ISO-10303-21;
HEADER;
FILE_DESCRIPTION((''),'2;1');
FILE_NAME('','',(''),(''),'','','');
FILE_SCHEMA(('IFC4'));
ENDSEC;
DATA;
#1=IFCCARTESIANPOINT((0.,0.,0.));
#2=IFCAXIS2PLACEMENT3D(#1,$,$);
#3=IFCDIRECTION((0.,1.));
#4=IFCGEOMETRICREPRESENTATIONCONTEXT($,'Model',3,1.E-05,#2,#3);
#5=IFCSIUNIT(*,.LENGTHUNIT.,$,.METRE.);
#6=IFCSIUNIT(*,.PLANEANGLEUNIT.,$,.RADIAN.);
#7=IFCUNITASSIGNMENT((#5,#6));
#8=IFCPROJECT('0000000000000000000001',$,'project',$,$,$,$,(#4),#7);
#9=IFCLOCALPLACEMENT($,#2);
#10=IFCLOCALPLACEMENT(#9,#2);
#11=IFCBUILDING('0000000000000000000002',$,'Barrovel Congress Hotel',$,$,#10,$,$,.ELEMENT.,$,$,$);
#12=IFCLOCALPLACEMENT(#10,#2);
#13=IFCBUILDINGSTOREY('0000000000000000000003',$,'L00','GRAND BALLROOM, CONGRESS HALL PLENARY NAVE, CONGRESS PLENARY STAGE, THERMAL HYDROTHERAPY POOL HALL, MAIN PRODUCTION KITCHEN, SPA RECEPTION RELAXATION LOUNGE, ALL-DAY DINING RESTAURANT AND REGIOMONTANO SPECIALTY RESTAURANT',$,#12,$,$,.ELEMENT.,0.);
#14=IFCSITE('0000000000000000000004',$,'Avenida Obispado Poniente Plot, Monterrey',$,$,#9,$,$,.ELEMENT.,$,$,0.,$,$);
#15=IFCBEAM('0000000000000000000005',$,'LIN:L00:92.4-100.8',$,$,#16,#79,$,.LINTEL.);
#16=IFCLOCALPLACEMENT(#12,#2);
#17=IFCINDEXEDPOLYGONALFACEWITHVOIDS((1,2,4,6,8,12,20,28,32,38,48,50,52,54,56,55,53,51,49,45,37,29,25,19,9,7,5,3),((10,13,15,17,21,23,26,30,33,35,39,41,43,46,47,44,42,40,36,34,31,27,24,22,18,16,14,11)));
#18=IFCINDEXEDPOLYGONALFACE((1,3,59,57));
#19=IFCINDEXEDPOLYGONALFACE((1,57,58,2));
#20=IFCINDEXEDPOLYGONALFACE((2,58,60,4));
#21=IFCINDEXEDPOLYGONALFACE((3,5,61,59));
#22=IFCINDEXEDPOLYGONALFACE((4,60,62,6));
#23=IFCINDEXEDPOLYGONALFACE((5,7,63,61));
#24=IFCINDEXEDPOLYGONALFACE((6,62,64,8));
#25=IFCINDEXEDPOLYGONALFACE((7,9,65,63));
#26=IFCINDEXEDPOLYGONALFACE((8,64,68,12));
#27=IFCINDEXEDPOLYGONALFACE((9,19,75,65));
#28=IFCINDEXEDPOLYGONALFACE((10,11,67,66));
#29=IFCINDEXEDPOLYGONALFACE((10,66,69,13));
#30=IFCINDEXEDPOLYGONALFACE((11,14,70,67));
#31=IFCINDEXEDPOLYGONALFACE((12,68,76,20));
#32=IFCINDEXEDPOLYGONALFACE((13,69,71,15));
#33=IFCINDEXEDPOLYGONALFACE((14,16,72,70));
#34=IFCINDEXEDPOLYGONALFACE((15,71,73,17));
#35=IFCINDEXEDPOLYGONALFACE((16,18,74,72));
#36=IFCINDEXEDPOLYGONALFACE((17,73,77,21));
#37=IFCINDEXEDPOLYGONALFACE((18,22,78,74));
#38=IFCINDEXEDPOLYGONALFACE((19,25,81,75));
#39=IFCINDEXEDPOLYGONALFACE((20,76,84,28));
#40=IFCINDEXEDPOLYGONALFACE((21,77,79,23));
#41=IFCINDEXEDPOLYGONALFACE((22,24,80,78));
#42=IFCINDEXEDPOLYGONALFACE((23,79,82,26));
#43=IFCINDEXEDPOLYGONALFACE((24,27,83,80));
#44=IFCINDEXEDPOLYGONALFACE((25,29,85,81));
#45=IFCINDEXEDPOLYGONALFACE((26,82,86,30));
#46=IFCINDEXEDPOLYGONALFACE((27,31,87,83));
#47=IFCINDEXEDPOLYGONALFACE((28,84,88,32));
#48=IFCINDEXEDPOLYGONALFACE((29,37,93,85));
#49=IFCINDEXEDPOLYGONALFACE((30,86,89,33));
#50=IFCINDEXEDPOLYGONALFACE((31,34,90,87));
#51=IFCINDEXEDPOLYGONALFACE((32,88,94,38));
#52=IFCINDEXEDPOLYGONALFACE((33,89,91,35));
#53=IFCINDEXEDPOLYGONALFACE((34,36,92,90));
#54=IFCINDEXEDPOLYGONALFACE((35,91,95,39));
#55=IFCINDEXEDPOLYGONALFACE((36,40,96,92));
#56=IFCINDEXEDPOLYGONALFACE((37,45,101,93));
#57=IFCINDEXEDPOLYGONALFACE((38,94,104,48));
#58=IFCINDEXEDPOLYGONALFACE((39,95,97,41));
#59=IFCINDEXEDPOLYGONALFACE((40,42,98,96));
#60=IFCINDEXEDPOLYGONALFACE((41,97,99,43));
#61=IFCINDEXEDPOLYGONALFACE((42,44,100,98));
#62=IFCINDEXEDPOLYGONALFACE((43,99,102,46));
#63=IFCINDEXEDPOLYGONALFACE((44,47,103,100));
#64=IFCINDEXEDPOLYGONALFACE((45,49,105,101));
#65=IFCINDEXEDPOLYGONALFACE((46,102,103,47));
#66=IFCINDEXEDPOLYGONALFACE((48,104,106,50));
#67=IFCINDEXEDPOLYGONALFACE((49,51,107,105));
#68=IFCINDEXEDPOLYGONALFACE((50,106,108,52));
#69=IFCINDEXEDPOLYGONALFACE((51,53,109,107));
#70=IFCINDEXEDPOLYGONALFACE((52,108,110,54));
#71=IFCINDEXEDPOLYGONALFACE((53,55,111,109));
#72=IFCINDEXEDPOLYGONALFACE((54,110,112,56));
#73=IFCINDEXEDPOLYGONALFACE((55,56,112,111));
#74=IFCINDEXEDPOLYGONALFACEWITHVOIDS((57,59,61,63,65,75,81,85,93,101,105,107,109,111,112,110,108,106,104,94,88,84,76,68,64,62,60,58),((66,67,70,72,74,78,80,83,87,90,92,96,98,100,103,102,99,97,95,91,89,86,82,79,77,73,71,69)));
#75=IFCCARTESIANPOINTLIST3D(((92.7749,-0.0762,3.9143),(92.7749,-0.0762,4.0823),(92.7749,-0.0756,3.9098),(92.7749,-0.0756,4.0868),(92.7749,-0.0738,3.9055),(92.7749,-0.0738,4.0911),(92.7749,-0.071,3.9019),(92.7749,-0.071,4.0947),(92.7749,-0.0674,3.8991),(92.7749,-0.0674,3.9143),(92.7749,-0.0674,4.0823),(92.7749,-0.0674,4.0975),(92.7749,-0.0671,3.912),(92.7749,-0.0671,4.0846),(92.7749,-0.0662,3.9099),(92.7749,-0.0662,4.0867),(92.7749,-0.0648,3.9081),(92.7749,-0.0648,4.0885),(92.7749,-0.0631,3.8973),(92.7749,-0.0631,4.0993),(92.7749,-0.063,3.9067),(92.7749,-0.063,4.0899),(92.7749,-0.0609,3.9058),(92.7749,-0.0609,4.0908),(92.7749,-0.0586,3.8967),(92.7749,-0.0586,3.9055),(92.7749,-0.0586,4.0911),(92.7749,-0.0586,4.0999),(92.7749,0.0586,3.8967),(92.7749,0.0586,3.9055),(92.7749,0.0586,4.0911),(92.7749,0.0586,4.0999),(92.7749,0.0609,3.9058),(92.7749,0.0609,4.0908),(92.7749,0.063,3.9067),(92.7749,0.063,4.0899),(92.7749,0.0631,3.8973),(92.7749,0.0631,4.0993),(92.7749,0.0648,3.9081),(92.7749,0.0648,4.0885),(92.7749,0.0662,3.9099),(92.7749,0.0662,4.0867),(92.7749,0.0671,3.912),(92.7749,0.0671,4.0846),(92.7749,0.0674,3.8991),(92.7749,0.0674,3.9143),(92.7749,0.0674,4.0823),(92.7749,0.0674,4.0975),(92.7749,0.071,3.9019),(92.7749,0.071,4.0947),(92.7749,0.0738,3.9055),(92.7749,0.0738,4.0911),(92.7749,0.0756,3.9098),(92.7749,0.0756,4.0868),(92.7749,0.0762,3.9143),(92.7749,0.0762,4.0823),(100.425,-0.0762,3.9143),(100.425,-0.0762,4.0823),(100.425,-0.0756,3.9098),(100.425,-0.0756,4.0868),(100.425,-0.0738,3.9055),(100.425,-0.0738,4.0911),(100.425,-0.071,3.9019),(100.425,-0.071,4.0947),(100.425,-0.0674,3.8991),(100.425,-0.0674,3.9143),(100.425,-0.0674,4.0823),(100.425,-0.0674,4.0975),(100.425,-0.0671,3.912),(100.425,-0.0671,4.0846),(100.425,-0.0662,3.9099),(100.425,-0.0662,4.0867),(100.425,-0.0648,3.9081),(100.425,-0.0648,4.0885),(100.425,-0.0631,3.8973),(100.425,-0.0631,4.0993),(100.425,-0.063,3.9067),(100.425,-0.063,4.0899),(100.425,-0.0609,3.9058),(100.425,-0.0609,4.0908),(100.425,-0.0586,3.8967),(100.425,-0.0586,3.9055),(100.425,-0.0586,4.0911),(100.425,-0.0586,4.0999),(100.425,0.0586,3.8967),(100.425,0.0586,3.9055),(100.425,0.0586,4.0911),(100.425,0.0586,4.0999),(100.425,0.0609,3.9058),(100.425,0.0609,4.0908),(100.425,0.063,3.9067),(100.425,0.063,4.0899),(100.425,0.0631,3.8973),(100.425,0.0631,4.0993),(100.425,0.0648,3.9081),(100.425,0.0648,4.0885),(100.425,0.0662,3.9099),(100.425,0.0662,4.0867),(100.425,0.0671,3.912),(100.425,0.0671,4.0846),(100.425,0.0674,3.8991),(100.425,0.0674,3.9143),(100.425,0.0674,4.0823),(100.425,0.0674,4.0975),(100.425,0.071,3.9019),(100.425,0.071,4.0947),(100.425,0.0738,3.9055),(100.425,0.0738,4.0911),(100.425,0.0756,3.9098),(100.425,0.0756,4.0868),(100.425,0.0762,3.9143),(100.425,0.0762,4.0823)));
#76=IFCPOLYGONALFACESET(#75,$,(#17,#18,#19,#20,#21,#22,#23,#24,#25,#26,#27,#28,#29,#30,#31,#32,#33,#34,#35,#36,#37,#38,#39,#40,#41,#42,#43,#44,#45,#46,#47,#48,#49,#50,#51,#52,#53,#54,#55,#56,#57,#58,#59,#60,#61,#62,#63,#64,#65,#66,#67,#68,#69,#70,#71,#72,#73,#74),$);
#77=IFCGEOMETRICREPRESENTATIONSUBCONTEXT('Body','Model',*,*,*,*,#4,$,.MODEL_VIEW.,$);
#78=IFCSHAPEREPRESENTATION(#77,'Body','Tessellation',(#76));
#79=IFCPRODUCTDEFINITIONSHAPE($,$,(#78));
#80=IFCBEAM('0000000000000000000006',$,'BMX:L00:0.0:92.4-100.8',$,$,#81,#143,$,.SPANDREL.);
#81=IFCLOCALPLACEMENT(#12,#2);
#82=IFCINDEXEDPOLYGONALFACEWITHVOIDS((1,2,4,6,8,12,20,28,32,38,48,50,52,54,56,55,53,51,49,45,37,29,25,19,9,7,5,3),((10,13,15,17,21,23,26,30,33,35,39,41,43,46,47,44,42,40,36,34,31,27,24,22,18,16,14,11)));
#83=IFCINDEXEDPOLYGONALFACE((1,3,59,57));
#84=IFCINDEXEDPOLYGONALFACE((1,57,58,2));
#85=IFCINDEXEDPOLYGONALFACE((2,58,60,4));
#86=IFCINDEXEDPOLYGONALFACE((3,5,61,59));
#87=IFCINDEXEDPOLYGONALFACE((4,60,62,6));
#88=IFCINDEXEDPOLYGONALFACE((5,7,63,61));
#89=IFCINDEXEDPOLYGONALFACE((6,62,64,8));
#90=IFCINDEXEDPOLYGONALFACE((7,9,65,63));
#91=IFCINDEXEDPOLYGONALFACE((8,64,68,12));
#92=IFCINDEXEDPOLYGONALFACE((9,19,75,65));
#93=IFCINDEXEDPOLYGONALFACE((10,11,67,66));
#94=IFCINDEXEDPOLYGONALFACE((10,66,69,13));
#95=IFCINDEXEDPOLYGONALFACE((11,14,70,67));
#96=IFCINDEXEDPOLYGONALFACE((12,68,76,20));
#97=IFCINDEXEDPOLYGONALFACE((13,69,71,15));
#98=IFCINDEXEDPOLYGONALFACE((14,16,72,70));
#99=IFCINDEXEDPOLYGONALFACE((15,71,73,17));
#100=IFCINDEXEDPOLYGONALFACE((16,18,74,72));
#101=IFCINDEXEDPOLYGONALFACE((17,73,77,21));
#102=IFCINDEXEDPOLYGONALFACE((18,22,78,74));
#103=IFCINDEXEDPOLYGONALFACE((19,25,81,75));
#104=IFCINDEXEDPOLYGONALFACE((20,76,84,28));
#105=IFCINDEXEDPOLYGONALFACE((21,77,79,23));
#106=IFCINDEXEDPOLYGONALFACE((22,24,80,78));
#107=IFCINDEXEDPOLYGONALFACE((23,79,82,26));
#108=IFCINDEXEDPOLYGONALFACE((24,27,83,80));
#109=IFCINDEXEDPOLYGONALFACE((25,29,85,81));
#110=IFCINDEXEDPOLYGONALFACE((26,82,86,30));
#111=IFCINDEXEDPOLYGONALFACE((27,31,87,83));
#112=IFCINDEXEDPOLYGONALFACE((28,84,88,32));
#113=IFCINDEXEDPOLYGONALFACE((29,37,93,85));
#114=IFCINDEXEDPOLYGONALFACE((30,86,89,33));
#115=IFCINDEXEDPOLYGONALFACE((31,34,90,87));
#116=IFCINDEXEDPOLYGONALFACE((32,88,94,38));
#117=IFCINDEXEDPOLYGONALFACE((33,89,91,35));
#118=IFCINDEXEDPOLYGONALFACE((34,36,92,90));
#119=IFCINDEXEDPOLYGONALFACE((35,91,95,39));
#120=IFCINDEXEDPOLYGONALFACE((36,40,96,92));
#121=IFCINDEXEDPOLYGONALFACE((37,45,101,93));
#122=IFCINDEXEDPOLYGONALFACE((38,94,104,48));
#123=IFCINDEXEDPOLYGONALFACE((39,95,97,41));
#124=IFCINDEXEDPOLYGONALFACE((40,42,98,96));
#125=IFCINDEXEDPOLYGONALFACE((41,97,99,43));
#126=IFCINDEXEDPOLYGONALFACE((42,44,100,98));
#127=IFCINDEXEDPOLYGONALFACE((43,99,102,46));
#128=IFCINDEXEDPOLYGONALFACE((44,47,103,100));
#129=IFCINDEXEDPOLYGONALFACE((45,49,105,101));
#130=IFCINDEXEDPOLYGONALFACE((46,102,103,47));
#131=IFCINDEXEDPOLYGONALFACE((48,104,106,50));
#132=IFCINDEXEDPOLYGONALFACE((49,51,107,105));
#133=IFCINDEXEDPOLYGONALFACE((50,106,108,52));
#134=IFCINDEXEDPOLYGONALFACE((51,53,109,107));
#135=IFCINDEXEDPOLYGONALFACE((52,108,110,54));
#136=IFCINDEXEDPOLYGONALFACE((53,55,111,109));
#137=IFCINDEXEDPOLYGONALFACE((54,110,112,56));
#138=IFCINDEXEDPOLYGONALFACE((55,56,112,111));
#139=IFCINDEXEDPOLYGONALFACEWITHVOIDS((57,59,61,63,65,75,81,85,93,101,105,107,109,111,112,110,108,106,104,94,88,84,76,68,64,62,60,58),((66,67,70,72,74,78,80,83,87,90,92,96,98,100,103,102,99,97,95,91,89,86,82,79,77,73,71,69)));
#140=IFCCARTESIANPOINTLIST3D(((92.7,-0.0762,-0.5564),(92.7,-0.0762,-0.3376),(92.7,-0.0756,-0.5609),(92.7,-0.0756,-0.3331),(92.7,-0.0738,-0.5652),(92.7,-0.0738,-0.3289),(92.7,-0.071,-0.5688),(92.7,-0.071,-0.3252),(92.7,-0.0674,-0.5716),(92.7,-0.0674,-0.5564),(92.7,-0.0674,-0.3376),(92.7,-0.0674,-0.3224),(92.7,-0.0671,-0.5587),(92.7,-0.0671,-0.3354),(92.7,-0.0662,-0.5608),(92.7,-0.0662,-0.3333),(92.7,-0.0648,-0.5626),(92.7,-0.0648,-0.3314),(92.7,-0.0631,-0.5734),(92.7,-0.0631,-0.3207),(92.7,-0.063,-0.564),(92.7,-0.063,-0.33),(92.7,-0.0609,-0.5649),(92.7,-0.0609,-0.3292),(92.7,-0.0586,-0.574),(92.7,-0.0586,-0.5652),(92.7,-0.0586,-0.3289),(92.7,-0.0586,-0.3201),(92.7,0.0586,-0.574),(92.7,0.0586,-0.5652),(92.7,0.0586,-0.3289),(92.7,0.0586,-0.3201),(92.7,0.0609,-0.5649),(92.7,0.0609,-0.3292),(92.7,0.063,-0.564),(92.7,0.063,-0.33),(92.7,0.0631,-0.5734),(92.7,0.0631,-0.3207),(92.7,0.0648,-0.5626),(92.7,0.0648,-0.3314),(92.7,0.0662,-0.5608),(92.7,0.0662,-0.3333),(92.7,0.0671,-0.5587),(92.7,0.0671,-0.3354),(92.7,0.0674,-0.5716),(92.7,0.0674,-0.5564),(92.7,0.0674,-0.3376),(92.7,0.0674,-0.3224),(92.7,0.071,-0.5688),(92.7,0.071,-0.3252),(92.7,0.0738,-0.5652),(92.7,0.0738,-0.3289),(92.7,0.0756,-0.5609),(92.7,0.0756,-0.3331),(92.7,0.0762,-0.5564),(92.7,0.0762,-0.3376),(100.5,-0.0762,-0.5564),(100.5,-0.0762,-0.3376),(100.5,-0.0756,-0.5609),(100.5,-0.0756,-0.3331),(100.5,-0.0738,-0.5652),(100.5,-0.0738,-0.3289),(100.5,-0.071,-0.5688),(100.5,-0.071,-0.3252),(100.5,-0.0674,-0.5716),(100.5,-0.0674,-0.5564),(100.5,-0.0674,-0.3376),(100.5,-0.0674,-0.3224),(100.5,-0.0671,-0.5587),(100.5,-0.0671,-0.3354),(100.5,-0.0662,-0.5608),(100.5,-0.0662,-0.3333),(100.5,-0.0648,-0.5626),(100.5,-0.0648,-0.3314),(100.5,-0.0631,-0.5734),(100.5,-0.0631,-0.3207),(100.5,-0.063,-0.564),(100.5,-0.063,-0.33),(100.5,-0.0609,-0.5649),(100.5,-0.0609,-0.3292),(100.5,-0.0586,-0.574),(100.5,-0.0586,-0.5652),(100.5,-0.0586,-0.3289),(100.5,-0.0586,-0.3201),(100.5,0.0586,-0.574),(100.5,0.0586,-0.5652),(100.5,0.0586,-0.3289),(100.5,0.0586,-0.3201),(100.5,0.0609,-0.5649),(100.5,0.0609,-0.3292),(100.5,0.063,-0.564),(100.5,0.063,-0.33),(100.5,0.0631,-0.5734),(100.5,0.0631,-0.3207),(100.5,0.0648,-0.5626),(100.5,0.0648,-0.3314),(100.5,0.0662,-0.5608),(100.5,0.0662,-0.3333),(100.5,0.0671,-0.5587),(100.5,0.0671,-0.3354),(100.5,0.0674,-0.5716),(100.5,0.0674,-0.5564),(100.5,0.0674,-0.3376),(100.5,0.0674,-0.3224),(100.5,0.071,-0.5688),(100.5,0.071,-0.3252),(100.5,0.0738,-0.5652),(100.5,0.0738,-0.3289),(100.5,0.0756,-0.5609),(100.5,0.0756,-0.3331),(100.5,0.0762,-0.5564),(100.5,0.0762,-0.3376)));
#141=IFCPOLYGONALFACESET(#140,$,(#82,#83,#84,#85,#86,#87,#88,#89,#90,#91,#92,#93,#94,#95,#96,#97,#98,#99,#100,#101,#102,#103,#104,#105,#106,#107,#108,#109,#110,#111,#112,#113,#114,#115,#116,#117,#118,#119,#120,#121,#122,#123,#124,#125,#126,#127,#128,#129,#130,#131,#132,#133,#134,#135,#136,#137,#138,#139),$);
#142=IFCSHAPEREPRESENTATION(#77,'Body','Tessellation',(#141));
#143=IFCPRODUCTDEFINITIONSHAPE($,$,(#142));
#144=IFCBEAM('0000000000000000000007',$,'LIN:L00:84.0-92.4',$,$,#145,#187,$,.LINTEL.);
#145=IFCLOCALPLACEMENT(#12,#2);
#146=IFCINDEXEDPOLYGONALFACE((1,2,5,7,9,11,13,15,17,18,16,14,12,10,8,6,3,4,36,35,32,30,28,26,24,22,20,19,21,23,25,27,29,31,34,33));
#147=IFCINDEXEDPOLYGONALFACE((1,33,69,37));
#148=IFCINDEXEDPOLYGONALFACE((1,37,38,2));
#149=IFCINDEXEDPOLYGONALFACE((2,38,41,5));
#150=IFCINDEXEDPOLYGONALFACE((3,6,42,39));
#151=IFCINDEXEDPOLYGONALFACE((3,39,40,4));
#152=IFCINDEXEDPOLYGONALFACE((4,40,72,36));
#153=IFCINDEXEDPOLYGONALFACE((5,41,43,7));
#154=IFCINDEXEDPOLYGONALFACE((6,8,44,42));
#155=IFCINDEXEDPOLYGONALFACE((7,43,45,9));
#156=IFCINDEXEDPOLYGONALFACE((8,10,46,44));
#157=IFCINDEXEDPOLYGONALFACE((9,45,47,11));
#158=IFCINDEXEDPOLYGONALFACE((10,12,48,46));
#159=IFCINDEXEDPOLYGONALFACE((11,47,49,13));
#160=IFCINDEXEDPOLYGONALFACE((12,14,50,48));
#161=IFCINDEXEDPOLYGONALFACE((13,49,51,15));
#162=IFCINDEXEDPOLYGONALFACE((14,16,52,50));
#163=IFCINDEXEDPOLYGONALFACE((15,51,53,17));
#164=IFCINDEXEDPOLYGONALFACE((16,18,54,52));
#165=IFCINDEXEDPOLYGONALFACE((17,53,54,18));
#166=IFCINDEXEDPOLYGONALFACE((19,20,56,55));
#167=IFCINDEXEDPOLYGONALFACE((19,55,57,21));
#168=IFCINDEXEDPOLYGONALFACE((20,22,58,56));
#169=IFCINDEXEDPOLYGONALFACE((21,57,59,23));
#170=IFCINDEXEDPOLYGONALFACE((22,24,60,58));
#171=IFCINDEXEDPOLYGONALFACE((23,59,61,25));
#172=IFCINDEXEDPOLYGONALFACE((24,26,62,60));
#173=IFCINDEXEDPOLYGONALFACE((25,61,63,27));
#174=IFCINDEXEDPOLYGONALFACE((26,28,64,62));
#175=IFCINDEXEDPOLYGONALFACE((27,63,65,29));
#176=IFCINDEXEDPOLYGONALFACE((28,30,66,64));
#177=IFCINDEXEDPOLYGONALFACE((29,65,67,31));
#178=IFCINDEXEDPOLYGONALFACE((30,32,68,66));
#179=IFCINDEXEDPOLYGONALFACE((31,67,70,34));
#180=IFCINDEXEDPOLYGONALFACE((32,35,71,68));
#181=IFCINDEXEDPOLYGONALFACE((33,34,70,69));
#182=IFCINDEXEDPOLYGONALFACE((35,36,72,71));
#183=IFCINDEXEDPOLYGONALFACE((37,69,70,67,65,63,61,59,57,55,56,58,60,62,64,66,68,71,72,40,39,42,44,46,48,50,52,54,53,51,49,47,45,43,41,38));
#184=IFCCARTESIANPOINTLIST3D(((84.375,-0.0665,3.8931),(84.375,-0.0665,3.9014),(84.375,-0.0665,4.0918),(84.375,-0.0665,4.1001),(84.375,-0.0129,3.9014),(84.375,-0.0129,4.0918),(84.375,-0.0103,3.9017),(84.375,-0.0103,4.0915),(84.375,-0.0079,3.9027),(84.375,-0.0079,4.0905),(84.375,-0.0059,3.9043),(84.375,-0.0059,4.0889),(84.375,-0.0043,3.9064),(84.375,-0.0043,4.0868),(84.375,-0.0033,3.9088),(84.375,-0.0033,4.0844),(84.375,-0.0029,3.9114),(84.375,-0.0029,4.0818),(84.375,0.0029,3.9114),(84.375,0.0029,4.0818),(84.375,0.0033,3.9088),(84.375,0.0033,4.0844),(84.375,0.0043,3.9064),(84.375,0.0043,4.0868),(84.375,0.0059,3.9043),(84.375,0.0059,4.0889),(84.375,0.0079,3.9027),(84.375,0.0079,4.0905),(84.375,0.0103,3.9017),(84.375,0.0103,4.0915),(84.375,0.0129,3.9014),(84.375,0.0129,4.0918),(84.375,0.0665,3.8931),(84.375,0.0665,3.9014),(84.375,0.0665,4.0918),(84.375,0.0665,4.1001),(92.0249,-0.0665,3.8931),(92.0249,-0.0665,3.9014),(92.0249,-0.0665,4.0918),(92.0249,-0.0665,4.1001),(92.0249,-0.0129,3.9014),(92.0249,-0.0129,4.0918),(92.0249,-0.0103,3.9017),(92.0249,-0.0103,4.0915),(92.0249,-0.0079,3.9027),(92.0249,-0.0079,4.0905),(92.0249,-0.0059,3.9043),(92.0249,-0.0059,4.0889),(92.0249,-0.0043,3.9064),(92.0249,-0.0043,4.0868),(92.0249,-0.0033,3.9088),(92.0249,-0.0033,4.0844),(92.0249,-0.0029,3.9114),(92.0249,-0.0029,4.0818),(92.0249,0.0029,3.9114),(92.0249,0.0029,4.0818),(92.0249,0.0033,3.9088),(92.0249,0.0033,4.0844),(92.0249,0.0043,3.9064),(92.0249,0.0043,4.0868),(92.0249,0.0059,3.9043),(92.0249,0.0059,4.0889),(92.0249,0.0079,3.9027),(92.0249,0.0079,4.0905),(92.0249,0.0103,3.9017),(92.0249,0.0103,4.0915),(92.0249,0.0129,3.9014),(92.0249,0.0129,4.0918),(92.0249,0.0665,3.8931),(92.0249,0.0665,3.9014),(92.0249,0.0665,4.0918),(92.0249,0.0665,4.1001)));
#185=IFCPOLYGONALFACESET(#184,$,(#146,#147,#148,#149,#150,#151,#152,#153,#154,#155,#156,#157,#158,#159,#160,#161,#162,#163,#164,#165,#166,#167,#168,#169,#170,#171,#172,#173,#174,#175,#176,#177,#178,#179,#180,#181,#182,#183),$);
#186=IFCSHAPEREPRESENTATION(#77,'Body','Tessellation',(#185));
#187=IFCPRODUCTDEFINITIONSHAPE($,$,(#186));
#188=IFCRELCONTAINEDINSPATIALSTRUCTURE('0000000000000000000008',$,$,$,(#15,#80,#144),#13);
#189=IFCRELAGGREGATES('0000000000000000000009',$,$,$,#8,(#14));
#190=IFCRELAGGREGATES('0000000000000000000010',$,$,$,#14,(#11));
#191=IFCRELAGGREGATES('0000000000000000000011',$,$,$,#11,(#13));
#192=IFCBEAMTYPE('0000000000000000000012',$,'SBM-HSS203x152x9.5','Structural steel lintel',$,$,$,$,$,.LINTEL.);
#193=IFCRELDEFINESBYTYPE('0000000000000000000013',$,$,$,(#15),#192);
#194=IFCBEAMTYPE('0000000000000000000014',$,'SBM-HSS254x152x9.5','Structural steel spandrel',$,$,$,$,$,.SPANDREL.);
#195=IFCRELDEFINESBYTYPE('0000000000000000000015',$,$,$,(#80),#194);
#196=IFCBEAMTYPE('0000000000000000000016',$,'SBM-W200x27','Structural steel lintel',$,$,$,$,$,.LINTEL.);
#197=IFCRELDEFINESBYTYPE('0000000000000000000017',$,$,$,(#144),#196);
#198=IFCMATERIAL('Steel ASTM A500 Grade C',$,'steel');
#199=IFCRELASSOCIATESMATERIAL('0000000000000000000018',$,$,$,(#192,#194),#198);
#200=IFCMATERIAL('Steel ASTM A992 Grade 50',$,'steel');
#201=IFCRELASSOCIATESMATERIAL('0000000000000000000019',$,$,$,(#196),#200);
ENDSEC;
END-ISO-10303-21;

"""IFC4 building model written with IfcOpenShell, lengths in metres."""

from ifc_helpers import new_model, si_unit, direction, frame, origin, origin_2d, place, context, subcontext, project, spatial, hollow_rectangle, i_section, extrude, material, material_profile, profile_set, type_object, element, save


model = new_model("IFC4")

# Units and contexts
model_context = context("Model", 3, precision=1e-05, world=origin(), true_north=direction((0.0, 1.0)))
body_context = subcontext(model_context, "Body", "Model", "MODEL_VIEW")
ifc_project = project(units=[si_unit("LENGTHUNIT", "METRE"), si_unit("PLANEANGLEUNIT", "RADIAN")], contexts=[model_context])

# Site, building, storey
site_placement = place(None, origin())
site = spatial("IfcSite", under=ifc_project, at=site_placement, Name="Avenida Obispado Poniente Plot, Monterrey", CompositionType="ELEMENT", RefElevation=0.0)
building_placement = place(site_placement, origin())
building = spatial("IfcBuilding", under=site, at=building_placement, Name="Barrovel Congress Hotel", CompositionType="ELEMENT")
storey_placement = place(building_placement, origin())
storey = spatial("IfcBuildingStorey", under=building, at=storey_placement, Name="L00", Description="GRAND BALLROOM, CONGRESS HALL PLENARY NAVE, CONGRESS PLENARY STAGE, THERMAL HYDROTHERAPY POOL HALL, MAIN PRODUCTION KITCHEN, SPA RECEPTION RELAXATION LOUNGE, ALL-DAY DINING RESTAURANT AND REGIOMONTANO SPECIALTY RESTAURANT", CompositionType="ELEMENT", Elevation=0.0)

# Beams
ifc_material_1 = material(Name="Steel ASTM A500 Grade C", Category="steel")
ifc_material_profile_1 = material_profile(ifc_material_1, hollow_rectangle(XDim=0.1523, YDim=0.2031, WallThickness=0.0088, InnerFilletRadius=0.0088, OuterFilletRadius=0.0176, at=origin_2d()), Name="HSS203x152x9.5")
ifc_profile_set_1 = profile_set([ifc_material_profile_1], Name="Steel ASTM A500 Grade C")
beam_type_1 = type_object("IfcBeamType", Name="SBM-HSS203x152x9.5", Description="Structural steel lintel", PredefinedType="LINTEL", material=ifc_profile_set_1)
beam_1_placement = place(storey_placement, frame((92.7749, 0.0, 3.9983), z_axis=(1.0, 0.0, 0.0), x_axis=(0.0, 1.0, 0.0)))
element("IfcBeam", 1, at=beam_1_placement, inside=storey, type_object=beam_type_1, Name="LIN:L00:92.4-100.8", PredefinedType="LINTEL", context=body_context, shape_type="SweptSolid", body=[
    extrude(hollow_rectangle(XDim=0.1523, YDim=0.2031, WallThickness=0.0088, InnerFilletRadius=0.0088, OuterFilletRadius=0.0176, at=origin_2d()), origin(), (0.0, 0.0, 1.0), 7.6501),
])
ifc_material_profile_2 = material_profile(ifc_material_1, hollow_rectangle(XDim=0.1523, YDim=0.2539, WallThickness=0.0088, InnerFilletRadius=0.0088, OuterFilletRadius=0.0176, at=origin_2d()), Name="HSS254x152x9.5")
ifc_profile_set_2 = profile_set([ifc_material_profile_2], Name="Steel ASTM A500 Grade C")
beam_type_2 = type_object("IfcBeamType", Name="SBM-HSS254x152x9.5", Description="Structural steel spandrel", PredefinedType="SPANDREL", material=ifc_profile_set_2)
beam_2_placement = place(storey_placement, frame((92.7, 0.0, -0.447), z_axis=(1.0, 0.0, 0.0), x_axis=(0.0, 1.0, 0.0)))
element("IfcBeam", 2, at=beam_2_placement, inside=storey, type_object=beam_type_2, Name="BMX:L00:0.0:92.4-100.8", PredefinedType="SPANDREL", context=body_context, shape_type="SweptSolid", body=[
    extrude(hollow_rectangle(XDim=0.1523, YDim=0.2539, WallThickness=0.0088, InnerFilletRadius=0.0088, OuterFilletRadius=0.0176, at=origin_2d()), origin(), (0.0, 0.0, 1.0), 7.8),
])
ifc_material_2 = material(Name="Steel ASTM A992 Grade 50", Category="steel")
ifc_material_profile_3 = material_profile(ifc_material_2, i_section(OverallWidth=0.1331, OverallDepth=0.207, WebThickness=0.0059, FlangeThickness=0.0083, FilletRadius=0.01, at=origin_2d()), Name="W200x27")
ifc_profile_set_3 = profile_set([ifc_material_profile_3], Name="Steel ASTM A992 Grade 50")
beam_type_3 = type_object("IfcBeamType", Name="SBM-W200x27", Description="Structural steel lintel", PredefinedType="LINTEL", material=ifc_profile_set_3)
beam_3_placement = place(storey_placement, frame((84.375, 0.0, 3.9966), z_axis=(1.0, 0.0, 0.0), x_axis=(0.0, 1.0, 0.0)))
element("IfcBeam", 3, at=beam_3_placement, inside=storey, type_object=beam_type_3, Name="LIN:L00:84.0-92.4", PredefinedType="LINTEL", context=body_context, shape_type="SweptSolid", body=[
    extrude(i_section(OverallWidth=0.1331, OverallDepth=0.207, WebThickness=0.0059, FlangeThickness=0.0083, FilletRadius=0.01, at=origin_2d()), origin(), (0.0, 0.0, 1.0), 7.6499),
])

save(model, "model.ifc")
